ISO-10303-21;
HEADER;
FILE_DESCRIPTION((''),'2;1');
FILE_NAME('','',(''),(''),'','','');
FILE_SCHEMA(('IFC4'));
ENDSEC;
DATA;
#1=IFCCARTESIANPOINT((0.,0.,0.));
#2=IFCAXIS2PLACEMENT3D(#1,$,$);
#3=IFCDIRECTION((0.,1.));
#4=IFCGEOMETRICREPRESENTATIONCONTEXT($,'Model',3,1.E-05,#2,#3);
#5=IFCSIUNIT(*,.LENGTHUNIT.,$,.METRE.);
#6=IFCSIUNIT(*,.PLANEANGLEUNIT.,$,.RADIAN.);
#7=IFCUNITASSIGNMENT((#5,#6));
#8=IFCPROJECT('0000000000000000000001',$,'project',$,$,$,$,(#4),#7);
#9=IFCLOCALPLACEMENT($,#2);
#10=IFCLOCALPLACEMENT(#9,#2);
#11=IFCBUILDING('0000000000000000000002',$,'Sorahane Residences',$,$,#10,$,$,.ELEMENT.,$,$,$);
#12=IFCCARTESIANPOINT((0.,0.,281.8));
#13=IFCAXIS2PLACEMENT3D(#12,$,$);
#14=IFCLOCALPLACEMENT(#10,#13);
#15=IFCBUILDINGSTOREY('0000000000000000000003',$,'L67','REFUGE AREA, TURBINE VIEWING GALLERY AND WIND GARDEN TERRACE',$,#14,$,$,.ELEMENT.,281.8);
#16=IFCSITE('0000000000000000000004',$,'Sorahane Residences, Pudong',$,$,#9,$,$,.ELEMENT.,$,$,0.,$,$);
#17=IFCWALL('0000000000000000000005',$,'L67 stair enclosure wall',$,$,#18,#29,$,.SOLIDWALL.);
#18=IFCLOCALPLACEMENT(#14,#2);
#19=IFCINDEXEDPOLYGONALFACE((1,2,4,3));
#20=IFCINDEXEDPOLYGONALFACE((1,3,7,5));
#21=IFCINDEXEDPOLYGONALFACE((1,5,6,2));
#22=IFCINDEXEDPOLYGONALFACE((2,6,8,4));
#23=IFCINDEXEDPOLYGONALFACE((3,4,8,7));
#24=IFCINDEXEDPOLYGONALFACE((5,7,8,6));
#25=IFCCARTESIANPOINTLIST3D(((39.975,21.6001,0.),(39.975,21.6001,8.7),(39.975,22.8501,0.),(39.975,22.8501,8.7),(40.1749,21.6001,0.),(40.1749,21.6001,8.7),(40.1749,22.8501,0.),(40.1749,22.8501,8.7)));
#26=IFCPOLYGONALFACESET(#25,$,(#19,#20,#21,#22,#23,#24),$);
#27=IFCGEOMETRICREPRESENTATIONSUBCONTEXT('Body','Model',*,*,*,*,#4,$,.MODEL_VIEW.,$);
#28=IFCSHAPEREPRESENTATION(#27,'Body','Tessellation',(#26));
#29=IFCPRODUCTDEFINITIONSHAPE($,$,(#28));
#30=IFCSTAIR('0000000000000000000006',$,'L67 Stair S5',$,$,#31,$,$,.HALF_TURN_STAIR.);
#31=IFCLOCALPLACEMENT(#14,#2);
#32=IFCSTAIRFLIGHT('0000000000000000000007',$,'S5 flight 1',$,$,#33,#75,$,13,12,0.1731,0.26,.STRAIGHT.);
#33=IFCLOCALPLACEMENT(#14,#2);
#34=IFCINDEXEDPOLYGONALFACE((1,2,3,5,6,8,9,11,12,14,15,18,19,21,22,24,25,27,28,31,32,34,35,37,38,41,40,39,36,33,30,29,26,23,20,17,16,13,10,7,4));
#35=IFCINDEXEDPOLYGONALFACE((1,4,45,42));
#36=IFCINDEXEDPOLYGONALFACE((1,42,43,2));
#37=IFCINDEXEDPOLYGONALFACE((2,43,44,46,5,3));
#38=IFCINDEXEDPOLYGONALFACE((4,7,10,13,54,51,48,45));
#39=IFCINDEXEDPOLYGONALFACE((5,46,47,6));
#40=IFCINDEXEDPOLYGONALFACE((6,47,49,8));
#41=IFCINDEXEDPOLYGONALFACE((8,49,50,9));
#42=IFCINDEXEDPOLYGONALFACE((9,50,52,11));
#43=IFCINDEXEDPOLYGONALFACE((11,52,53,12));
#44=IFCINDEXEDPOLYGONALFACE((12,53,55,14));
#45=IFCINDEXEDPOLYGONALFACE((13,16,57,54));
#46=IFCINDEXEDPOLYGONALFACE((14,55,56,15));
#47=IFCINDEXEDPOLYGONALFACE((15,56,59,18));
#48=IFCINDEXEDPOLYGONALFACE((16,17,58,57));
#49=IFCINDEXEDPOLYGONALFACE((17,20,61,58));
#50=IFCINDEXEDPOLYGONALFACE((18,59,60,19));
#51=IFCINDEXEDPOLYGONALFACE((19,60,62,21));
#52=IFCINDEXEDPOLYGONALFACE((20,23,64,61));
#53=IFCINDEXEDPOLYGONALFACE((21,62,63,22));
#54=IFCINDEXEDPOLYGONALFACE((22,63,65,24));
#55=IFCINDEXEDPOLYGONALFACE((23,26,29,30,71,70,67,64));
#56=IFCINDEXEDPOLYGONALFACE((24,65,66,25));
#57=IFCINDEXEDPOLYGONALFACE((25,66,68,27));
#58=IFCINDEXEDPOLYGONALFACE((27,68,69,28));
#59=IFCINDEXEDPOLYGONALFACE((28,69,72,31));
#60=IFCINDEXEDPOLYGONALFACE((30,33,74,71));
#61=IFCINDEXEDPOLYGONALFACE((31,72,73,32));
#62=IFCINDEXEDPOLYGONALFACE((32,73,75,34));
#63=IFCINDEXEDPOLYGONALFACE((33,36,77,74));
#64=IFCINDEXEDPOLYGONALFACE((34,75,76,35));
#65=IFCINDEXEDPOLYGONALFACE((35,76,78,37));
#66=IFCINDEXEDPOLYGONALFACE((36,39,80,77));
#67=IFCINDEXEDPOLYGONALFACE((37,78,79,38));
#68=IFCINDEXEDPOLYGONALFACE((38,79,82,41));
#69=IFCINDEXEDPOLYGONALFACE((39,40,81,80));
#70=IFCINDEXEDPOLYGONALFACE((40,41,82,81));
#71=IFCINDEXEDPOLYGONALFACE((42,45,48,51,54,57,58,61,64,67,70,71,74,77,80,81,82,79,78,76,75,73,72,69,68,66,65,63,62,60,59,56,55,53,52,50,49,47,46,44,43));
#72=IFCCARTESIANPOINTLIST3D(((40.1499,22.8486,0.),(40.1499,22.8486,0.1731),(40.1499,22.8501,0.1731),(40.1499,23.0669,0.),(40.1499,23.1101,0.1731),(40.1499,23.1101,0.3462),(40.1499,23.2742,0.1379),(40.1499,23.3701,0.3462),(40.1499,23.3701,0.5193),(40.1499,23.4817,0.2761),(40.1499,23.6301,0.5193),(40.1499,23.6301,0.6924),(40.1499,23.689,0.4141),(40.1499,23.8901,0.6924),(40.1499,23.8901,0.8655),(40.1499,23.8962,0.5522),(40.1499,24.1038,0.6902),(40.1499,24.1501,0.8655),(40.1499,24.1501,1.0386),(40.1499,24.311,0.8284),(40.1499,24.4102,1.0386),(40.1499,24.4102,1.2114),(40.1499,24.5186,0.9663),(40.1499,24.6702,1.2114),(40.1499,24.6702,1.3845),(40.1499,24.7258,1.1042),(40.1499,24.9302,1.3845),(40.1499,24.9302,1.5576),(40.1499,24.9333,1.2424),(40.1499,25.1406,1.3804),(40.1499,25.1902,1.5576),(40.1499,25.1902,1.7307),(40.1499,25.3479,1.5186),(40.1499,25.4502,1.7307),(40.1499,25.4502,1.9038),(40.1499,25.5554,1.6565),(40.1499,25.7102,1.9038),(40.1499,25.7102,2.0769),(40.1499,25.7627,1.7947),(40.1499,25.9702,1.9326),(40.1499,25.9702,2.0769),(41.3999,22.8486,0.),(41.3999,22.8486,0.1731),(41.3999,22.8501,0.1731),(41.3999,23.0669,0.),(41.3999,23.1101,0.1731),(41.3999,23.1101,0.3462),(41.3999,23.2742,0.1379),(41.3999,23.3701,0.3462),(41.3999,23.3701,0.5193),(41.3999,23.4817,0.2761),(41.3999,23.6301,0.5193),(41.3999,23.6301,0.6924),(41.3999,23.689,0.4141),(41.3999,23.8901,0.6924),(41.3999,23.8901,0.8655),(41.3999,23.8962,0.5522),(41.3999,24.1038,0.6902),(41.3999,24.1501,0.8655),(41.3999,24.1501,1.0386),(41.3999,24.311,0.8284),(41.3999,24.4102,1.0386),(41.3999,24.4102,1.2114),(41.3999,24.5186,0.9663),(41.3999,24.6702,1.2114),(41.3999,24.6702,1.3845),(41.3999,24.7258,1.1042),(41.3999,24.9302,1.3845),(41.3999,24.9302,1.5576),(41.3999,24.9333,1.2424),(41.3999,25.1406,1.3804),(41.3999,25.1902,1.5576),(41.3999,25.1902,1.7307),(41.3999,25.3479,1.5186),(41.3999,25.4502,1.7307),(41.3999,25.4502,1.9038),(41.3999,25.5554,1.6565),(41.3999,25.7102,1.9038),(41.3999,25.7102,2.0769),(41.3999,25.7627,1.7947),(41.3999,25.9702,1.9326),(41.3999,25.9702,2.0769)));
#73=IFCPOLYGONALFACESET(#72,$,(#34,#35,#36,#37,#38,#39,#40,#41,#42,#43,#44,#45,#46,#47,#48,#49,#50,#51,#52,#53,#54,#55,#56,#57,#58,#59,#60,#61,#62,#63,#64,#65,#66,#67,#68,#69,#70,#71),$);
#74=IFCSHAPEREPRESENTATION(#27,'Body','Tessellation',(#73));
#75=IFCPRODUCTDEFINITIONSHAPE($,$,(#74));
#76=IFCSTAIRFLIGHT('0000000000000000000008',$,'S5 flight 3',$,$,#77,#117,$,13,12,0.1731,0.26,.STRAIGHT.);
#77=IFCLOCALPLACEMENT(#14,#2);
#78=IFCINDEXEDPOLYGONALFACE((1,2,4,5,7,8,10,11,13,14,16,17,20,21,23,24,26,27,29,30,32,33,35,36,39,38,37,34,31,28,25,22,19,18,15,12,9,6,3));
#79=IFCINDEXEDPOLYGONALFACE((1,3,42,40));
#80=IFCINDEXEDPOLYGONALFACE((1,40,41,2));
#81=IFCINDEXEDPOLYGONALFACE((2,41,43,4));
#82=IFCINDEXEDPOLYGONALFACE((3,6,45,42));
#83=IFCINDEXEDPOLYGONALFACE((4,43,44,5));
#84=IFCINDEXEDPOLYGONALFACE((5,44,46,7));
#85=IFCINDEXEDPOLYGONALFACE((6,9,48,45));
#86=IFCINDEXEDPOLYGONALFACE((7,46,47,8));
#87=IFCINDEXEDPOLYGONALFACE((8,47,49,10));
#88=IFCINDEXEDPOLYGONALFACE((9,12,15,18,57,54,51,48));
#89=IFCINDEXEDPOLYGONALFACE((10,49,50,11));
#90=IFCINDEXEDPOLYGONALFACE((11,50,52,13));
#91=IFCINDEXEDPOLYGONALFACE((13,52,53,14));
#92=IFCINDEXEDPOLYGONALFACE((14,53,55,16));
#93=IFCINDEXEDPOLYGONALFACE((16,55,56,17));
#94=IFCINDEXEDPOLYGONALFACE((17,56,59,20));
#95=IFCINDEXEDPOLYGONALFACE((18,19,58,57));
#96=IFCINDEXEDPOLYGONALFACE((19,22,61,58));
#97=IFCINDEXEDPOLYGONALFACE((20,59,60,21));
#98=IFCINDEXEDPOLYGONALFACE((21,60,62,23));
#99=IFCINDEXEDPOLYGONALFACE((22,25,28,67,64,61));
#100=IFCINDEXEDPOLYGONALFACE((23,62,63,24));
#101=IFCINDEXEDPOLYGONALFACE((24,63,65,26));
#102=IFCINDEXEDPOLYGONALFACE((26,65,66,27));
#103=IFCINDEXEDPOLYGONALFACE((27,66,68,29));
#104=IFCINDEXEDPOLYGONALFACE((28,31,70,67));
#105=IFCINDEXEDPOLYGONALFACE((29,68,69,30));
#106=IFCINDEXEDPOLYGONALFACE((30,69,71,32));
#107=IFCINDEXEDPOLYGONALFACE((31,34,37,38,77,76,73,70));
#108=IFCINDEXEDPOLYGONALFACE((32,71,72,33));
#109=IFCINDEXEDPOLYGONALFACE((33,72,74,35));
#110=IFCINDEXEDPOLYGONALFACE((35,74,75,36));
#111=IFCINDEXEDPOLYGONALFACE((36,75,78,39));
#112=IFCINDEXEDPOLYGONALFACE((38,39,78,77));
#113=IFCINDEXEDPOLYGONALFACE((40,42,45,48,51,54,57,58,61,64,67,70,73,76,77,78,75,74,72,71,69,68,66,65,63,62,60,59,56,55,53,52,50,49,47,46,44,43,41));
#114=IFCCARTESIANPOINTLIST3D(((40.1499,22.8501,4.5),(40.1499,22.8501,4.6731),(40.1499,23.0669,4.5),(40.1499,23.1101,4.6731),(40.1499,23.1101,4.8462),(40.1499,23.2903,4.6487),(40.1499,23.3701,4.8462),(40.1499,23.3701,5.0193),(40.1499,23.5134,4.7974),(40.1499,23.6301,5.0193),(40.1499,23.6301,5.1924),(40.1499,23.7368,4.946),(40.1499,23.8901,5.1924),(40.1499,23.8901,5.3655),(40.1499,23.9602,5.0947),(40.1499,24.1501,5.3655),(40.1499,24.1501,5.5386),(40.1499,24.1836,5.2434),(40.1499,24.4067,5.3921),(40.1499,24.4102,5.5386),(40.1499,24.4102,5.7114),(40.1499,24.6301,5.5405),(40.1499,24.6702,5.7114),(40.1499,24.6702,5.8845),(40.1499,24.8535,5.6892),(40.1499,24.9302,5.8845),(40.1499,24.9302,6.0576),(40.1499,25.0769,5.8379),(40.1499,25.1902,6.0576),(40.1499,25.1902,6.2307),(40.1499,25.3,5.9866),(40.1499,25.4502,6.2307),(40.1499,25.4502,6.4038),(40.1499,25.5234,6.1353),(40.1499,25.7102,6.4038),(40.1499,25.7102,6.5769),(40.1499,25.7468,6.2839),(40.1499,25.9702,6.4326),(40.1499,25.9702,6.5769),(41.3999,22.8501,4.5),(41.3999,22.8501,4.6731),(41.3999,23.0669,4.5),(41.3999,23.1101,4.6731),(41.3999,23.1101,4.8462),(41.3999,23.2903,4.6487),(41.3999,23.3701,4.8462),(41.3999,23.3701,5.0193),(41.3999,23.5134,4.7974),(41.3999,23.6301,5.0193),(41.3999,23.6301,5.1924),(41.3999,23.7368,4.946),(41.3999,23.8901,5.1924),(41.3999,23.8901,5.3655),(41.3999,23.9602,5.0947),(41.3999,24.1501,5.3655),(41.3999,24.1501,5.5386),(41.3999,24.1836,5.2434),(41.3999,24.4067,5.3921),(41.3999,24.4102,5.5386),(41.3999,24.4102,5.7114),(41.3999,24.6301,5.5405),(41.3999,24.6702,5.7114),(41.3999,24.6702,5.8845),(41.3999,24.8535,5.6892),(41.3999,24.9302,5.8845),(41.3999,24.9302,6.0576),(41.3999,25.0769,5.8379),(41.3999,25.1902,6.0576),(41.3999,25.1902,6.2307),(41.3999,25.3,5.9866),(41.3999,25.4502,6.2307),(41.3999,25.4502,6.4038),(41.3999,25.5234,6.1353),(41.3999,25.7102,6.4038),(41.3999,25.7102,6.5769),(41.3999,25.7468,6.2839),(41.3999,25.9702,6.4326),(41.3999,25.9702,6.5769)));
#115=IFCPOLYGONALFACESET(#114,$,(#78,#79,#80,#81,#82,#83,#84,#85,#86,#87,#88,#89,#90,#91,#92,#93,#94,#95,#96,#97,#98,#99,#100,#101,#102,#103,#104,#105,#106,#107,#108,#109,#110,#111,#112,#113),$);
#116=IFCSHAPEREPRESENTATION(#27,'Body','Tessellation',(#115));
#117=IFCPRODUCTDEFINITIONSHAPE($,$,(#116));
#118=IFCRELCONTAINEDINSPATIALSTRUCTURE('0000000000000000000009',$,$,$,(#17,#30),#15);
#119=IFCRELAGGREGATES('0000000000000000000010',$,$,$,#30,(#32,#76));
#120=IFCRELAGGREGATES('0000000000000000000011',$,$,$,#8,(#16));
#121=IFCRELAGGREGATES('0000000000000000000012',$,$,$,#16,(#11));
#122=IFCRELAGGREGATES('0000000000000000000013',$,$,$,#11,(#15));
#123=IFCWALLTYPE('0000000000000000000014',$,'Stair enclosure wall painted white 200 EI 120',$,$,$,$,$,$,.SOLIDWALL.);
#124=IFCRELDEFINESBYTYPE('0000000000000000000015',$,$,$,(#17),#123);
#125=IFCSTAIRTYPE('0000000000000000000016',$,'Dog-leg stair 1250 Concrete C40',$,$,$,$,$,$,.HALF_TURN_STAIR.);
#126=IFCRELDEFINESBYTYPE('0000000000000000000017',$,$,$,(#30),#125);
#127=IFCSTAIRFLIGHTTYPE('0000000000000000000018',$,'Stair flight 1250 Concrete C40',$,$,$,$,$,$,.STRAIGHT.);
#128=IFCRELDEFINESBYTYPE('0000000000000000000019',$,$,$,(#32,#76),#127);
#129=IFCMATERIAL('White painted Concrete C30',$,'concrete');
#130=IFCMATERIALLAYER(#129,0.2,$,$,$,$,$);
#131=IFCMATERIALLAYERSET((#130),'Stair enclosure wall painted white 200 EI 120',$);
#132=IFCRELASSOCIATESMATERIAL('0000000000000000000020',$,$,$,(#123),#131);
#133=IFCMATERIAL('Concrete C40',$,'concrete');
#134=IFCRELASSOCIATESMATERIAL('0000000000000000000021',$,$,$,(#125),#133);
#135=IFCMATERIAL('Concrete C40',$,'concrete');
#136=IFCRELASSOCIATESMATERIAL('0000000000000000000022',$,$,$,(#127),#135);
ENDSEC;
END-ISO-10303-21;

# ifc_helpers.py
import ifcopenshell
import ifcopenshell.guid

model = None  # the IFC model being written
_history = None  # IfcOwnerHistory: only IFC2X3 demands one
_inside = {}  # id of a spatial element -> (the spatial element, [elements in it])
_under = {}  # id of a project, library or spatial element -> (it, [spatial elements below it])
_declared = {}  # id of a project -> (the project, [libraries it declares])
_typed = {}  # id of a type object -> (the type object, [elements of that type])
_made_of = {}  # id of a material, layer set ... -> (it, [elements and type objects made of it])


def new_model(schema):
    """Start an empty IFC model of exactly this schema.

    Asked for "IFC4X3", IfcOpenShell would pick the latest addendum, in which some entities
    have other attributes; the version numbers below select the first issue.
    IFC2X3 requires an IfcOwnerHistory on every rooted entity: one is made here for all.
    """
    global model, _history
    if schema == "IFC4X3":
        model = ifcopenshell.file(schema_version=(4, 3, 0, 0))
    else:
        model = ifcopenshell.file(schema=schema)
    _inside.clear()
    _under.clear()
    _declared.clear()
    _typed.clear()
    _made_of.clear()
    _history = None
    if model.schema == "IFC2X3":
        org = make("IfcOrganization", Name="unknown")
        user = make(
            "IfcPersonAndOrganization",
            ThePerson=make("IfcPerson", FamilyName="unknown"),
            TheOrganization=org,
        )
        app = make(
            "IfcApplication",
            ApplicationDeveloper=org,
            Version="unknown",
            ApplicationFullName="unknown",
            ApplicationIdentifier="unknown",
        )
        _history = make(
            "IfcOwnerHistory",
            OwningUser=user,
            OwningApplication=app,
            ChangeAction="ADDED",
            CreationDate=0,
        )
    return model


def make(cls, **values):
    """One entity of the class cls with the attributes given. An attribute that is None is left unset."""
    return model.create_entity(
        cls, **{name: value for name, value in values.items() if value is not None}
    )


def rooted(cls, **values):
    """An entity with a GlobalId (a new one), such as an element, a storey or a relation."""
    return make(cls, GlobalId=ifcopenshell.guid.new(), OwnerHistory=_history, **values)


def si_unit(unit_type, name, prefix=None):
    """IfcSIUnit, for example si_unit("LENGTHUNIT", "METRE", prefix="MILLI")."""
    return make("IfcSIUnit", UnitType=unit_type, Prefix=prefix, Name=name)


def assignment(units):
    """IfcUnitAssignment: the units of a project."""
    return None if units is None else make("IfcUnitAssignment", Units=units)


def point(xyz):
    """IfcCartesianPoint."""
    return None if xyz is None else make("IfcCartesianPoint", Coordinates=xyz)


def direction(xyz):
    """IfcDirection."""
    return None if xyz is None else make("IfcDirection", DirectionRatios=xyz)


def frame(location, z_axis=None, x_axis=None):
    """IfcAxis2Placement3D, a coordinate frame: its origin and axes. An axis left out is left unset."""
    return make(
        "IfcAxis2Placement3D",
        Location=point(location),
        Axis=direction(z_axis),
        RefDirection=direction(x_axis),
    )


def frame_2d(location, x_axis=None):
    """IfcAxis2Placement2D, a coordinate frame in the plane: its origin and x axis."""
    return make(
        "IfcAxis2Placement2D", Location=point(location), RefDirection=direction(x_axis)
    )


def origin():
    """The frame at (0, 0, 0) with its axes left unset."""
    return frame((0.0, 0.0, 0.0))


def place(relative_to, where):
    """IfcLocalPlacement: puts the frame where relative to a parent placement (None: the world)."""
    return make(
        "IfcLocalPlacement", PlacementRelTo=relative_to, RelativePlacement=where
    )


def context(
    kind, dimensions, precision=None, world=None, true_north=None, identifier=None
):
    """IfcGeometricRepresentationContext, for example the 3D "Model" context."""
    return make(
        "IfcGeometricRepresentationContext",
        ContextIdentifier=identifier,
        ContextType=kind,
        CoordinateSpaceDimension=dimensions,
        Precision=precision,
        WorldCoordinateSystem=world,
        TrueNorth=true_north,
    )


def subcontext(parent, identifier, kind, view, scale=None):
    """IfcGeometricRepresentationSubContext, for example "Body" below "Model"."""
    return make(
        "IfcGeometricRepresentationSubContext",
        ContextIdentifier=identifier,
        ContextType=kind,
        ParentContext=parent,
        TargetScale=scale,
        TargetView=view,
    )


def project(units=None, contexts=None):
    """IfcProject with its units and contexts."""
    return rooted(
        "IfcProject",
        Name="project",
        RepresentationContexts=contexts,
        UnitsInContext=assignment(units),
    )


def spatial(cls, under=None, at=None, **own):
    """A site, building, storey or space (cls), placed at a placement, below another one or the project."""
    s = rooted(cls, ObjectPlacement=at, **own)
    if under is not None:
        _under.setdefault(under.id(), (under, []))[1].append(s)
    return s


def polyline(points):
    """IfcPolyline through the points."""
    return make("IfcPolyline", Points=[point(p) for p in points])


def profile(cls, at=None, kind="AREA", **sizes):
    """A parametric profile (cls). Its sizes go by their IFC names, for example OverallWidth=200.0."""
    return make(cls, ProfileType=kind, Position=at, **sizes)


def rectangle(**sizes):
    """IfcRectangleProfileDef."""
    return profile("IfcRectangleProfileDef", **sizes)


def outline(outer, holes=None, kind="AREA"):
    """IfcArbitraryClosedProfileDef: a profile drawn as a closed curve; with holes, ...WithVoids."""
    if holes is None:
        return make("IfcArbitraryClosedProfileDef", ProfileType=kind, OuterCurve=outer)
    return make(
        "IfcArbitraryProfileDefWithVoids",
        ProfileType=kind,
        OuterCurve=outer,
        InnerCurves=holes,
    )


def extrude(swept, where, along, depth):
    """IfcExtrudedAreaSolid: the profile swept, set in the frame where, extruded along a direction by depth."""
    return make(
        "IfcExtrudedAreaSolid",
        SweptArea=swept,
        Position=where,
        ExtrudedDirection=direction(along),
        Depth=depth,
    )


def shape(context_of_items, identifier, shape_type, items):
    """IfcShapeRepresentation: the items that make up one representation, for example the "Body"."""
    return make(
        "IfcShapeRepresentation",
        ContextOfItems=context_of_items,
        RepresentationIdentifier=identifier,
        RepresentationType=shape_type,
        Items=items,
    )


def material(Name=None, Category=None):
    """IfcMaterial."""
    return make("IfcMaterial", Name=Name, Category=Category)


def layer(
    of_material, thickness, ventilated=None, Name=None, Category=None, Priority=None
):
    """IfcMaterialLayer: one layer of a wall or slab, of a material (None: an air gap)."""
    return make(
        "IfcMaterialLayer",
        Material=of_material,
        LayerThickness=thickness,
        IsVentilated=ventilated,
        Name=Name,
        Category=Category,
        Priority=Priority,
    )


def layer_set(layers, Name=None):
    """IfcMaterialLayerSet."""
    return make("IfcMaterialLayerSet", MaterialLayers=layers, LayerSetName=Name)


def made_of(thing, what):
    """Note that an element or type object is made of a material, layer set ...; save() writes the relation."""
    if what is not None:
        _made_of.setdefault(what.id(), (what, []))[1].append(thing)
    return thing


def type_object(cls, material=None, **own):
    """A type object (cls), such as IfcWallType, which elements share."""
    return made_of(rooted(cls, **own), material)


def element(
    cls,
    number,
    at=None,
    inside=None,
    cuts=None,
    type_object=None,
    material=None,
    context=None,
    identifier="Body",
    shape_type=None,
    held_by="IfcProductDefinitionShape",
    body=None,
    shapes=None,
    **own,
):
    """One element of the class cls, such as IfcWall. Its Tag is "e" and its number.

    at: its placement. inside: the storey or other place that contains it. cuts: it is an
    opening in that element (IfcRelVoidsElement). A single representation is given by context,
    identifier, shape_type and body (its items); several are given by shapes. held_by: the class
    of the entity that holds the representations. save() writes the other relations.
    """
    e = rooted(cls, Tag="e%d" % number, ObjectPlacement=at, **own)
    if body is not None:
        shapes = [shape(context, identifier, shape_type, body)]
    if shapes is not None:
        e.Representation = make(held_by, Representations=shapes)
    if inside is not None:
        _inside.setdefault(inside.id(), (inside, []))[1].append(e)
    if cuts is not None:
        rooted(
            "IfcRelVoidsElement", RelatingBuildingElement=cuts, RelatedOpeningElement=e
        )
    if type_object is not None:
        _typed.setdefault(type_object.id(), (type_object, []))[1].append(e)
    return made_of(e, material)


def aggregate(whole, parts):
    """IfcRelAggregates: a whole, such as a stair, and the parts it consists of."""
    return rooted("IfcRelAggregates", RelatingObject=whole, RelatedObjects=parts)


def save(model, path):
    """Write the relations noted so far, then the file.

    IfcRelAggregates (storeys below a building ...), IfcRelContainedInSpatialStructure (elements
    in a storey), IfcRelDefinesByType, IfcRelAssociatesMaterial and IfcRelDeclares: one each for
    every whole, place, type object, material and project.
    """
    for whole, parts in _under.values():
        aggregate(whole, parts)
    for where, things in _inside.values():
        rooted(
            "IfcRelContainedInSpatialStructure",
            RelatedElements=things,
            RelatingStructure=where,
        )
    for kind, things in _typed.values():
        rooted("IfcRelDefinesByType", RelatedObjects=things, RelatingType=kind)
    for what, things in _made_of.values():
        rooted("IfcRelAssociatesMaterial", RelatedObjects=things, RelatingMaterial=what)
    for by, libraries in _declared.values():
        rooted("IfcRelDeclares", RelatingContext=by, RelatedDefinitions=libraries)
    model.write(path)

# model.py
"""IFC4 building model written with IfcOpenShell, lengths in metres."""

from ifc_helpers import new_model, si_unit, direction, frame, frame_2d, origin, place, context, subcontext, project, spatial, polyline, rectangle, outline, extrude, material, layer, layer_set, type_object, element, aggregate, save


model = new_model("IFC4")

# Units and contexts
model_context = context("Model", 3, precision=1e-05, world=origin(), true_north=direction((0.0, 1.0)))
body_context = subcontext(model_context, "Body", "Model", "MODEL_VIEW")
ifc_project = project(units=[si_unit("LENGTHUNIT", "METRE"), si_unit("PLANEANGLEUNIT", "RADIAN")], contexts=[model_context])

# Site, building, storey
site_placement = place(None, origin())
site = spatial("IfcSite", under=ifc_project, at=site_placement, Name="Sorahane Residences, Pudong", CompositionType="ELEMENT", RefElevation=0.0)
building_placement = place(site_placement, origin())
building = spatial("IfcBuilding", under=site, at=building_placement, Name="Sorahane Residences", CompositionType="ELEMENT")
storey_placement = place(building_placement, frame((0.0, 0.0, 281.8)))
storey = spatial("IfcBuildingStorey", under=building, at=storey_placement, Name="L67", Description="REFUGE AREA, TURBINE VIEWING GALLERY AND WIND GARDEN TERRACE", CompositionType="ELEMENT", Elevation=281.8)

# Wall
ifc_material_1 = material(Name="White painted Concrete C30", Category="concrete")
ifc_layer_1 = layer(ifc_material_1, 0.2)
ifc_layer_set_1 = layer_set([ifc_layer_1], Name="Stair enclosure wall painted white 200 EI 120")
wall_type_1 = type_object("IfcWallType", Name="Stair enclosure wall painted white 200 EI 120", PredefinedType="SOLIDWALL", material=ifc_layer_set_1)
wall_1_placement = place(storey_placement, frame((40.075, 21.6001, 0.0), z_axis=(0.0, 0.0, 1.0), x_axis=(0.0, 1.0, 0.0)))
element("IfcWall", 1, at=wall_1_placement, inside=storey, type_object=wall_type_1, Name="L67 stair enclosure wall", PredefinedType="SOLIDWALL", context=body_context, shape_type="SweptSolid", body=[
    extrude(rectangle(XDim=1.25, YDim=0.2, at=frame_2d((0.625, 0.0))), origin(), (0.0, 0.0, 1.0), 8.7),
])

# Stair, stair flights
ifc_material_2 = material(Name="Concrete C40", Category="concrete")
stair_type = type_object("IfcStairType", Name="Dog-leg stair 1250 Concrete C40", PredefinedType="HALF_TURN_STAIR", material=ifc_material_2)
stair_placement = place(storey_placement, origin())
stair = element("IfcStair", 2, at=stair_placement, inside=storey, type_object=stair_type, Name="L67 Stair S5", PredefinedType="HALF_TURN_STAIR")
ifc_material_3 = material(Name="Concrete C40", Category="concrete")
stair_flight_type = type_object("IfcStairFlightType", Name="Stair flight 1250 Concrete C40", PredefinedType="STRAIGHT", material=ifc_material_3)
stair_flight_1_placement = place(storey_placement, frame((40.7749, 22.8501, 0.0), z_axis=(0.0, 0.0, 1.0), x_axis=(0.0, 1.0, 0.0)))
stair_flight_1 = element("IfcStairFlight", 3, at=stair_flight_1_placement, type_object=stair_flight_type, Name="S5 flight 1", NumberOfRisers=13, NumberOfTreads=12, PredefinedType="STRAIGHT", RiserHeight=0.1731, TreadLength=0.26, context=body_context, shape_type="SweptSolid", body=[
    extrude(outline(polyline([(-0.0015, 0.0), (-0.0015, 0.1731), (0.0, 0.1731), (0.26, 0.1731), (0.26, 0.3462), (0.52, 0.3462), (0.52, 0.5193), (0.78, 0.5193), (0.78, 0.6924), (1.04, 0.6924), (1.04, 0.8655), (1.3, 0.8655), (1.3, 1.0386), (1.5601, 1.0386), (1.5601, 1.2114), (1.8201, 1.2114), (1.8201, 1.3845), (2.0801, 1.3845), (2.0801, 1.5576), (2.3401, 1.5576), (2.3401, 1.7307), (2.6001, 1.7307), (2.6001, 1.9038), (2.8601, 1.9038), (2.8601, 2.0769), (3.1201, 2.0769), (3.1201, 2.25), (3.1201, 1.9326), (2.9126, 1.7947), (2.7053, 1.6565), (2.4978, 1.5186), (2.2905, 1.3804), (2.0833, 1.2424), (1.8757, 1.1042), (1.6685, 0.9663), (1.4609, 0.8284), (1.2537, 0.6902), (1.0461, 0.5522), (0.8389, 0.4141), (0.6316, 0.2761), (0.4241, 0.1379), (0.2168, 0.0), (-0.0015, 0.0)])), frame((0.0, 0.625, 0.0), z_axis=(0.0, -1.0, 0.0), x_axis=(1.0, 0.0, 0.0)), (0.0, 0.0, 1.0), 1.25),
])
stair_flight_2_placement = place(storey_placement, frame((40.7749, 22.8501, 4.5), z_axis=(0.0, 0.0, 1.0), x_axis=(0.0, 1.0, 0.0)))
stair_flight_2 = element("IfcStairFlight", 4, at=stair_flight_2_placement, type_object=stair_flight_type, Name="S5 flight 3", NumberOfRisers=13, NumberOfTreads=12, PredefinedType="STRAIGHT", RiserHeight=0.1731, TreadLength=0.26, context=body_context, shape_type="SweptSolid", body=[
    extrude(outline(polyline([(0.0, 0.0), (0.0, 0.1731), (0.26, 0.1731), (0.26, 0.3462), (0.52, 0.3462), (0.52, 0.5193), (0.78, 0.5193), (0.78, 0.6924), (1.04, 0.6924), (1.04, 0.8655), (1.3, 0.8655), (1.3, 1.0386), (1.5601, 1.0386), (1.5601, 1.2114), (1.8201, 1.2114), (1.8201, 1.3845), (2.0801, 1.3845), (2.0801, 1.5576), (2.3401, 1.5576), (2.3401, 1.7307), (2.6001, 1.7307), (2.6001, 1.9038), (2.8601, 1.9038), (2.8601, 2.0769), (3.1201, 2.0769), (3.1201, 2.25), (3.1201, 1.9326), (2.8967, 1.7839), (2.6733, 1.6353), (2.45, 1.4866), (2.2268, 1.3379), (2.0034, 1.1892), (1.78, 1.0405), (1.5566, 0.8921), (1.3335, 0.7434), (1.1101, 0.5947), (0.8867, 0.446), (0.6633, 0.2974), (0.4402, 0.1487), (0.2168, 0.0), (0.0, 0.0)])), frame((0.0, 0.625, 0.0), z_axis=(0.0, -1.0, 0.0), x_axis=(1.0, 0.0, 0.0)), (0.0, 0.0, 1.0), 1.25),
])
aggregate(stair, [stair_flight_1, stair_flight_2])

save(model, "model.ifc")
